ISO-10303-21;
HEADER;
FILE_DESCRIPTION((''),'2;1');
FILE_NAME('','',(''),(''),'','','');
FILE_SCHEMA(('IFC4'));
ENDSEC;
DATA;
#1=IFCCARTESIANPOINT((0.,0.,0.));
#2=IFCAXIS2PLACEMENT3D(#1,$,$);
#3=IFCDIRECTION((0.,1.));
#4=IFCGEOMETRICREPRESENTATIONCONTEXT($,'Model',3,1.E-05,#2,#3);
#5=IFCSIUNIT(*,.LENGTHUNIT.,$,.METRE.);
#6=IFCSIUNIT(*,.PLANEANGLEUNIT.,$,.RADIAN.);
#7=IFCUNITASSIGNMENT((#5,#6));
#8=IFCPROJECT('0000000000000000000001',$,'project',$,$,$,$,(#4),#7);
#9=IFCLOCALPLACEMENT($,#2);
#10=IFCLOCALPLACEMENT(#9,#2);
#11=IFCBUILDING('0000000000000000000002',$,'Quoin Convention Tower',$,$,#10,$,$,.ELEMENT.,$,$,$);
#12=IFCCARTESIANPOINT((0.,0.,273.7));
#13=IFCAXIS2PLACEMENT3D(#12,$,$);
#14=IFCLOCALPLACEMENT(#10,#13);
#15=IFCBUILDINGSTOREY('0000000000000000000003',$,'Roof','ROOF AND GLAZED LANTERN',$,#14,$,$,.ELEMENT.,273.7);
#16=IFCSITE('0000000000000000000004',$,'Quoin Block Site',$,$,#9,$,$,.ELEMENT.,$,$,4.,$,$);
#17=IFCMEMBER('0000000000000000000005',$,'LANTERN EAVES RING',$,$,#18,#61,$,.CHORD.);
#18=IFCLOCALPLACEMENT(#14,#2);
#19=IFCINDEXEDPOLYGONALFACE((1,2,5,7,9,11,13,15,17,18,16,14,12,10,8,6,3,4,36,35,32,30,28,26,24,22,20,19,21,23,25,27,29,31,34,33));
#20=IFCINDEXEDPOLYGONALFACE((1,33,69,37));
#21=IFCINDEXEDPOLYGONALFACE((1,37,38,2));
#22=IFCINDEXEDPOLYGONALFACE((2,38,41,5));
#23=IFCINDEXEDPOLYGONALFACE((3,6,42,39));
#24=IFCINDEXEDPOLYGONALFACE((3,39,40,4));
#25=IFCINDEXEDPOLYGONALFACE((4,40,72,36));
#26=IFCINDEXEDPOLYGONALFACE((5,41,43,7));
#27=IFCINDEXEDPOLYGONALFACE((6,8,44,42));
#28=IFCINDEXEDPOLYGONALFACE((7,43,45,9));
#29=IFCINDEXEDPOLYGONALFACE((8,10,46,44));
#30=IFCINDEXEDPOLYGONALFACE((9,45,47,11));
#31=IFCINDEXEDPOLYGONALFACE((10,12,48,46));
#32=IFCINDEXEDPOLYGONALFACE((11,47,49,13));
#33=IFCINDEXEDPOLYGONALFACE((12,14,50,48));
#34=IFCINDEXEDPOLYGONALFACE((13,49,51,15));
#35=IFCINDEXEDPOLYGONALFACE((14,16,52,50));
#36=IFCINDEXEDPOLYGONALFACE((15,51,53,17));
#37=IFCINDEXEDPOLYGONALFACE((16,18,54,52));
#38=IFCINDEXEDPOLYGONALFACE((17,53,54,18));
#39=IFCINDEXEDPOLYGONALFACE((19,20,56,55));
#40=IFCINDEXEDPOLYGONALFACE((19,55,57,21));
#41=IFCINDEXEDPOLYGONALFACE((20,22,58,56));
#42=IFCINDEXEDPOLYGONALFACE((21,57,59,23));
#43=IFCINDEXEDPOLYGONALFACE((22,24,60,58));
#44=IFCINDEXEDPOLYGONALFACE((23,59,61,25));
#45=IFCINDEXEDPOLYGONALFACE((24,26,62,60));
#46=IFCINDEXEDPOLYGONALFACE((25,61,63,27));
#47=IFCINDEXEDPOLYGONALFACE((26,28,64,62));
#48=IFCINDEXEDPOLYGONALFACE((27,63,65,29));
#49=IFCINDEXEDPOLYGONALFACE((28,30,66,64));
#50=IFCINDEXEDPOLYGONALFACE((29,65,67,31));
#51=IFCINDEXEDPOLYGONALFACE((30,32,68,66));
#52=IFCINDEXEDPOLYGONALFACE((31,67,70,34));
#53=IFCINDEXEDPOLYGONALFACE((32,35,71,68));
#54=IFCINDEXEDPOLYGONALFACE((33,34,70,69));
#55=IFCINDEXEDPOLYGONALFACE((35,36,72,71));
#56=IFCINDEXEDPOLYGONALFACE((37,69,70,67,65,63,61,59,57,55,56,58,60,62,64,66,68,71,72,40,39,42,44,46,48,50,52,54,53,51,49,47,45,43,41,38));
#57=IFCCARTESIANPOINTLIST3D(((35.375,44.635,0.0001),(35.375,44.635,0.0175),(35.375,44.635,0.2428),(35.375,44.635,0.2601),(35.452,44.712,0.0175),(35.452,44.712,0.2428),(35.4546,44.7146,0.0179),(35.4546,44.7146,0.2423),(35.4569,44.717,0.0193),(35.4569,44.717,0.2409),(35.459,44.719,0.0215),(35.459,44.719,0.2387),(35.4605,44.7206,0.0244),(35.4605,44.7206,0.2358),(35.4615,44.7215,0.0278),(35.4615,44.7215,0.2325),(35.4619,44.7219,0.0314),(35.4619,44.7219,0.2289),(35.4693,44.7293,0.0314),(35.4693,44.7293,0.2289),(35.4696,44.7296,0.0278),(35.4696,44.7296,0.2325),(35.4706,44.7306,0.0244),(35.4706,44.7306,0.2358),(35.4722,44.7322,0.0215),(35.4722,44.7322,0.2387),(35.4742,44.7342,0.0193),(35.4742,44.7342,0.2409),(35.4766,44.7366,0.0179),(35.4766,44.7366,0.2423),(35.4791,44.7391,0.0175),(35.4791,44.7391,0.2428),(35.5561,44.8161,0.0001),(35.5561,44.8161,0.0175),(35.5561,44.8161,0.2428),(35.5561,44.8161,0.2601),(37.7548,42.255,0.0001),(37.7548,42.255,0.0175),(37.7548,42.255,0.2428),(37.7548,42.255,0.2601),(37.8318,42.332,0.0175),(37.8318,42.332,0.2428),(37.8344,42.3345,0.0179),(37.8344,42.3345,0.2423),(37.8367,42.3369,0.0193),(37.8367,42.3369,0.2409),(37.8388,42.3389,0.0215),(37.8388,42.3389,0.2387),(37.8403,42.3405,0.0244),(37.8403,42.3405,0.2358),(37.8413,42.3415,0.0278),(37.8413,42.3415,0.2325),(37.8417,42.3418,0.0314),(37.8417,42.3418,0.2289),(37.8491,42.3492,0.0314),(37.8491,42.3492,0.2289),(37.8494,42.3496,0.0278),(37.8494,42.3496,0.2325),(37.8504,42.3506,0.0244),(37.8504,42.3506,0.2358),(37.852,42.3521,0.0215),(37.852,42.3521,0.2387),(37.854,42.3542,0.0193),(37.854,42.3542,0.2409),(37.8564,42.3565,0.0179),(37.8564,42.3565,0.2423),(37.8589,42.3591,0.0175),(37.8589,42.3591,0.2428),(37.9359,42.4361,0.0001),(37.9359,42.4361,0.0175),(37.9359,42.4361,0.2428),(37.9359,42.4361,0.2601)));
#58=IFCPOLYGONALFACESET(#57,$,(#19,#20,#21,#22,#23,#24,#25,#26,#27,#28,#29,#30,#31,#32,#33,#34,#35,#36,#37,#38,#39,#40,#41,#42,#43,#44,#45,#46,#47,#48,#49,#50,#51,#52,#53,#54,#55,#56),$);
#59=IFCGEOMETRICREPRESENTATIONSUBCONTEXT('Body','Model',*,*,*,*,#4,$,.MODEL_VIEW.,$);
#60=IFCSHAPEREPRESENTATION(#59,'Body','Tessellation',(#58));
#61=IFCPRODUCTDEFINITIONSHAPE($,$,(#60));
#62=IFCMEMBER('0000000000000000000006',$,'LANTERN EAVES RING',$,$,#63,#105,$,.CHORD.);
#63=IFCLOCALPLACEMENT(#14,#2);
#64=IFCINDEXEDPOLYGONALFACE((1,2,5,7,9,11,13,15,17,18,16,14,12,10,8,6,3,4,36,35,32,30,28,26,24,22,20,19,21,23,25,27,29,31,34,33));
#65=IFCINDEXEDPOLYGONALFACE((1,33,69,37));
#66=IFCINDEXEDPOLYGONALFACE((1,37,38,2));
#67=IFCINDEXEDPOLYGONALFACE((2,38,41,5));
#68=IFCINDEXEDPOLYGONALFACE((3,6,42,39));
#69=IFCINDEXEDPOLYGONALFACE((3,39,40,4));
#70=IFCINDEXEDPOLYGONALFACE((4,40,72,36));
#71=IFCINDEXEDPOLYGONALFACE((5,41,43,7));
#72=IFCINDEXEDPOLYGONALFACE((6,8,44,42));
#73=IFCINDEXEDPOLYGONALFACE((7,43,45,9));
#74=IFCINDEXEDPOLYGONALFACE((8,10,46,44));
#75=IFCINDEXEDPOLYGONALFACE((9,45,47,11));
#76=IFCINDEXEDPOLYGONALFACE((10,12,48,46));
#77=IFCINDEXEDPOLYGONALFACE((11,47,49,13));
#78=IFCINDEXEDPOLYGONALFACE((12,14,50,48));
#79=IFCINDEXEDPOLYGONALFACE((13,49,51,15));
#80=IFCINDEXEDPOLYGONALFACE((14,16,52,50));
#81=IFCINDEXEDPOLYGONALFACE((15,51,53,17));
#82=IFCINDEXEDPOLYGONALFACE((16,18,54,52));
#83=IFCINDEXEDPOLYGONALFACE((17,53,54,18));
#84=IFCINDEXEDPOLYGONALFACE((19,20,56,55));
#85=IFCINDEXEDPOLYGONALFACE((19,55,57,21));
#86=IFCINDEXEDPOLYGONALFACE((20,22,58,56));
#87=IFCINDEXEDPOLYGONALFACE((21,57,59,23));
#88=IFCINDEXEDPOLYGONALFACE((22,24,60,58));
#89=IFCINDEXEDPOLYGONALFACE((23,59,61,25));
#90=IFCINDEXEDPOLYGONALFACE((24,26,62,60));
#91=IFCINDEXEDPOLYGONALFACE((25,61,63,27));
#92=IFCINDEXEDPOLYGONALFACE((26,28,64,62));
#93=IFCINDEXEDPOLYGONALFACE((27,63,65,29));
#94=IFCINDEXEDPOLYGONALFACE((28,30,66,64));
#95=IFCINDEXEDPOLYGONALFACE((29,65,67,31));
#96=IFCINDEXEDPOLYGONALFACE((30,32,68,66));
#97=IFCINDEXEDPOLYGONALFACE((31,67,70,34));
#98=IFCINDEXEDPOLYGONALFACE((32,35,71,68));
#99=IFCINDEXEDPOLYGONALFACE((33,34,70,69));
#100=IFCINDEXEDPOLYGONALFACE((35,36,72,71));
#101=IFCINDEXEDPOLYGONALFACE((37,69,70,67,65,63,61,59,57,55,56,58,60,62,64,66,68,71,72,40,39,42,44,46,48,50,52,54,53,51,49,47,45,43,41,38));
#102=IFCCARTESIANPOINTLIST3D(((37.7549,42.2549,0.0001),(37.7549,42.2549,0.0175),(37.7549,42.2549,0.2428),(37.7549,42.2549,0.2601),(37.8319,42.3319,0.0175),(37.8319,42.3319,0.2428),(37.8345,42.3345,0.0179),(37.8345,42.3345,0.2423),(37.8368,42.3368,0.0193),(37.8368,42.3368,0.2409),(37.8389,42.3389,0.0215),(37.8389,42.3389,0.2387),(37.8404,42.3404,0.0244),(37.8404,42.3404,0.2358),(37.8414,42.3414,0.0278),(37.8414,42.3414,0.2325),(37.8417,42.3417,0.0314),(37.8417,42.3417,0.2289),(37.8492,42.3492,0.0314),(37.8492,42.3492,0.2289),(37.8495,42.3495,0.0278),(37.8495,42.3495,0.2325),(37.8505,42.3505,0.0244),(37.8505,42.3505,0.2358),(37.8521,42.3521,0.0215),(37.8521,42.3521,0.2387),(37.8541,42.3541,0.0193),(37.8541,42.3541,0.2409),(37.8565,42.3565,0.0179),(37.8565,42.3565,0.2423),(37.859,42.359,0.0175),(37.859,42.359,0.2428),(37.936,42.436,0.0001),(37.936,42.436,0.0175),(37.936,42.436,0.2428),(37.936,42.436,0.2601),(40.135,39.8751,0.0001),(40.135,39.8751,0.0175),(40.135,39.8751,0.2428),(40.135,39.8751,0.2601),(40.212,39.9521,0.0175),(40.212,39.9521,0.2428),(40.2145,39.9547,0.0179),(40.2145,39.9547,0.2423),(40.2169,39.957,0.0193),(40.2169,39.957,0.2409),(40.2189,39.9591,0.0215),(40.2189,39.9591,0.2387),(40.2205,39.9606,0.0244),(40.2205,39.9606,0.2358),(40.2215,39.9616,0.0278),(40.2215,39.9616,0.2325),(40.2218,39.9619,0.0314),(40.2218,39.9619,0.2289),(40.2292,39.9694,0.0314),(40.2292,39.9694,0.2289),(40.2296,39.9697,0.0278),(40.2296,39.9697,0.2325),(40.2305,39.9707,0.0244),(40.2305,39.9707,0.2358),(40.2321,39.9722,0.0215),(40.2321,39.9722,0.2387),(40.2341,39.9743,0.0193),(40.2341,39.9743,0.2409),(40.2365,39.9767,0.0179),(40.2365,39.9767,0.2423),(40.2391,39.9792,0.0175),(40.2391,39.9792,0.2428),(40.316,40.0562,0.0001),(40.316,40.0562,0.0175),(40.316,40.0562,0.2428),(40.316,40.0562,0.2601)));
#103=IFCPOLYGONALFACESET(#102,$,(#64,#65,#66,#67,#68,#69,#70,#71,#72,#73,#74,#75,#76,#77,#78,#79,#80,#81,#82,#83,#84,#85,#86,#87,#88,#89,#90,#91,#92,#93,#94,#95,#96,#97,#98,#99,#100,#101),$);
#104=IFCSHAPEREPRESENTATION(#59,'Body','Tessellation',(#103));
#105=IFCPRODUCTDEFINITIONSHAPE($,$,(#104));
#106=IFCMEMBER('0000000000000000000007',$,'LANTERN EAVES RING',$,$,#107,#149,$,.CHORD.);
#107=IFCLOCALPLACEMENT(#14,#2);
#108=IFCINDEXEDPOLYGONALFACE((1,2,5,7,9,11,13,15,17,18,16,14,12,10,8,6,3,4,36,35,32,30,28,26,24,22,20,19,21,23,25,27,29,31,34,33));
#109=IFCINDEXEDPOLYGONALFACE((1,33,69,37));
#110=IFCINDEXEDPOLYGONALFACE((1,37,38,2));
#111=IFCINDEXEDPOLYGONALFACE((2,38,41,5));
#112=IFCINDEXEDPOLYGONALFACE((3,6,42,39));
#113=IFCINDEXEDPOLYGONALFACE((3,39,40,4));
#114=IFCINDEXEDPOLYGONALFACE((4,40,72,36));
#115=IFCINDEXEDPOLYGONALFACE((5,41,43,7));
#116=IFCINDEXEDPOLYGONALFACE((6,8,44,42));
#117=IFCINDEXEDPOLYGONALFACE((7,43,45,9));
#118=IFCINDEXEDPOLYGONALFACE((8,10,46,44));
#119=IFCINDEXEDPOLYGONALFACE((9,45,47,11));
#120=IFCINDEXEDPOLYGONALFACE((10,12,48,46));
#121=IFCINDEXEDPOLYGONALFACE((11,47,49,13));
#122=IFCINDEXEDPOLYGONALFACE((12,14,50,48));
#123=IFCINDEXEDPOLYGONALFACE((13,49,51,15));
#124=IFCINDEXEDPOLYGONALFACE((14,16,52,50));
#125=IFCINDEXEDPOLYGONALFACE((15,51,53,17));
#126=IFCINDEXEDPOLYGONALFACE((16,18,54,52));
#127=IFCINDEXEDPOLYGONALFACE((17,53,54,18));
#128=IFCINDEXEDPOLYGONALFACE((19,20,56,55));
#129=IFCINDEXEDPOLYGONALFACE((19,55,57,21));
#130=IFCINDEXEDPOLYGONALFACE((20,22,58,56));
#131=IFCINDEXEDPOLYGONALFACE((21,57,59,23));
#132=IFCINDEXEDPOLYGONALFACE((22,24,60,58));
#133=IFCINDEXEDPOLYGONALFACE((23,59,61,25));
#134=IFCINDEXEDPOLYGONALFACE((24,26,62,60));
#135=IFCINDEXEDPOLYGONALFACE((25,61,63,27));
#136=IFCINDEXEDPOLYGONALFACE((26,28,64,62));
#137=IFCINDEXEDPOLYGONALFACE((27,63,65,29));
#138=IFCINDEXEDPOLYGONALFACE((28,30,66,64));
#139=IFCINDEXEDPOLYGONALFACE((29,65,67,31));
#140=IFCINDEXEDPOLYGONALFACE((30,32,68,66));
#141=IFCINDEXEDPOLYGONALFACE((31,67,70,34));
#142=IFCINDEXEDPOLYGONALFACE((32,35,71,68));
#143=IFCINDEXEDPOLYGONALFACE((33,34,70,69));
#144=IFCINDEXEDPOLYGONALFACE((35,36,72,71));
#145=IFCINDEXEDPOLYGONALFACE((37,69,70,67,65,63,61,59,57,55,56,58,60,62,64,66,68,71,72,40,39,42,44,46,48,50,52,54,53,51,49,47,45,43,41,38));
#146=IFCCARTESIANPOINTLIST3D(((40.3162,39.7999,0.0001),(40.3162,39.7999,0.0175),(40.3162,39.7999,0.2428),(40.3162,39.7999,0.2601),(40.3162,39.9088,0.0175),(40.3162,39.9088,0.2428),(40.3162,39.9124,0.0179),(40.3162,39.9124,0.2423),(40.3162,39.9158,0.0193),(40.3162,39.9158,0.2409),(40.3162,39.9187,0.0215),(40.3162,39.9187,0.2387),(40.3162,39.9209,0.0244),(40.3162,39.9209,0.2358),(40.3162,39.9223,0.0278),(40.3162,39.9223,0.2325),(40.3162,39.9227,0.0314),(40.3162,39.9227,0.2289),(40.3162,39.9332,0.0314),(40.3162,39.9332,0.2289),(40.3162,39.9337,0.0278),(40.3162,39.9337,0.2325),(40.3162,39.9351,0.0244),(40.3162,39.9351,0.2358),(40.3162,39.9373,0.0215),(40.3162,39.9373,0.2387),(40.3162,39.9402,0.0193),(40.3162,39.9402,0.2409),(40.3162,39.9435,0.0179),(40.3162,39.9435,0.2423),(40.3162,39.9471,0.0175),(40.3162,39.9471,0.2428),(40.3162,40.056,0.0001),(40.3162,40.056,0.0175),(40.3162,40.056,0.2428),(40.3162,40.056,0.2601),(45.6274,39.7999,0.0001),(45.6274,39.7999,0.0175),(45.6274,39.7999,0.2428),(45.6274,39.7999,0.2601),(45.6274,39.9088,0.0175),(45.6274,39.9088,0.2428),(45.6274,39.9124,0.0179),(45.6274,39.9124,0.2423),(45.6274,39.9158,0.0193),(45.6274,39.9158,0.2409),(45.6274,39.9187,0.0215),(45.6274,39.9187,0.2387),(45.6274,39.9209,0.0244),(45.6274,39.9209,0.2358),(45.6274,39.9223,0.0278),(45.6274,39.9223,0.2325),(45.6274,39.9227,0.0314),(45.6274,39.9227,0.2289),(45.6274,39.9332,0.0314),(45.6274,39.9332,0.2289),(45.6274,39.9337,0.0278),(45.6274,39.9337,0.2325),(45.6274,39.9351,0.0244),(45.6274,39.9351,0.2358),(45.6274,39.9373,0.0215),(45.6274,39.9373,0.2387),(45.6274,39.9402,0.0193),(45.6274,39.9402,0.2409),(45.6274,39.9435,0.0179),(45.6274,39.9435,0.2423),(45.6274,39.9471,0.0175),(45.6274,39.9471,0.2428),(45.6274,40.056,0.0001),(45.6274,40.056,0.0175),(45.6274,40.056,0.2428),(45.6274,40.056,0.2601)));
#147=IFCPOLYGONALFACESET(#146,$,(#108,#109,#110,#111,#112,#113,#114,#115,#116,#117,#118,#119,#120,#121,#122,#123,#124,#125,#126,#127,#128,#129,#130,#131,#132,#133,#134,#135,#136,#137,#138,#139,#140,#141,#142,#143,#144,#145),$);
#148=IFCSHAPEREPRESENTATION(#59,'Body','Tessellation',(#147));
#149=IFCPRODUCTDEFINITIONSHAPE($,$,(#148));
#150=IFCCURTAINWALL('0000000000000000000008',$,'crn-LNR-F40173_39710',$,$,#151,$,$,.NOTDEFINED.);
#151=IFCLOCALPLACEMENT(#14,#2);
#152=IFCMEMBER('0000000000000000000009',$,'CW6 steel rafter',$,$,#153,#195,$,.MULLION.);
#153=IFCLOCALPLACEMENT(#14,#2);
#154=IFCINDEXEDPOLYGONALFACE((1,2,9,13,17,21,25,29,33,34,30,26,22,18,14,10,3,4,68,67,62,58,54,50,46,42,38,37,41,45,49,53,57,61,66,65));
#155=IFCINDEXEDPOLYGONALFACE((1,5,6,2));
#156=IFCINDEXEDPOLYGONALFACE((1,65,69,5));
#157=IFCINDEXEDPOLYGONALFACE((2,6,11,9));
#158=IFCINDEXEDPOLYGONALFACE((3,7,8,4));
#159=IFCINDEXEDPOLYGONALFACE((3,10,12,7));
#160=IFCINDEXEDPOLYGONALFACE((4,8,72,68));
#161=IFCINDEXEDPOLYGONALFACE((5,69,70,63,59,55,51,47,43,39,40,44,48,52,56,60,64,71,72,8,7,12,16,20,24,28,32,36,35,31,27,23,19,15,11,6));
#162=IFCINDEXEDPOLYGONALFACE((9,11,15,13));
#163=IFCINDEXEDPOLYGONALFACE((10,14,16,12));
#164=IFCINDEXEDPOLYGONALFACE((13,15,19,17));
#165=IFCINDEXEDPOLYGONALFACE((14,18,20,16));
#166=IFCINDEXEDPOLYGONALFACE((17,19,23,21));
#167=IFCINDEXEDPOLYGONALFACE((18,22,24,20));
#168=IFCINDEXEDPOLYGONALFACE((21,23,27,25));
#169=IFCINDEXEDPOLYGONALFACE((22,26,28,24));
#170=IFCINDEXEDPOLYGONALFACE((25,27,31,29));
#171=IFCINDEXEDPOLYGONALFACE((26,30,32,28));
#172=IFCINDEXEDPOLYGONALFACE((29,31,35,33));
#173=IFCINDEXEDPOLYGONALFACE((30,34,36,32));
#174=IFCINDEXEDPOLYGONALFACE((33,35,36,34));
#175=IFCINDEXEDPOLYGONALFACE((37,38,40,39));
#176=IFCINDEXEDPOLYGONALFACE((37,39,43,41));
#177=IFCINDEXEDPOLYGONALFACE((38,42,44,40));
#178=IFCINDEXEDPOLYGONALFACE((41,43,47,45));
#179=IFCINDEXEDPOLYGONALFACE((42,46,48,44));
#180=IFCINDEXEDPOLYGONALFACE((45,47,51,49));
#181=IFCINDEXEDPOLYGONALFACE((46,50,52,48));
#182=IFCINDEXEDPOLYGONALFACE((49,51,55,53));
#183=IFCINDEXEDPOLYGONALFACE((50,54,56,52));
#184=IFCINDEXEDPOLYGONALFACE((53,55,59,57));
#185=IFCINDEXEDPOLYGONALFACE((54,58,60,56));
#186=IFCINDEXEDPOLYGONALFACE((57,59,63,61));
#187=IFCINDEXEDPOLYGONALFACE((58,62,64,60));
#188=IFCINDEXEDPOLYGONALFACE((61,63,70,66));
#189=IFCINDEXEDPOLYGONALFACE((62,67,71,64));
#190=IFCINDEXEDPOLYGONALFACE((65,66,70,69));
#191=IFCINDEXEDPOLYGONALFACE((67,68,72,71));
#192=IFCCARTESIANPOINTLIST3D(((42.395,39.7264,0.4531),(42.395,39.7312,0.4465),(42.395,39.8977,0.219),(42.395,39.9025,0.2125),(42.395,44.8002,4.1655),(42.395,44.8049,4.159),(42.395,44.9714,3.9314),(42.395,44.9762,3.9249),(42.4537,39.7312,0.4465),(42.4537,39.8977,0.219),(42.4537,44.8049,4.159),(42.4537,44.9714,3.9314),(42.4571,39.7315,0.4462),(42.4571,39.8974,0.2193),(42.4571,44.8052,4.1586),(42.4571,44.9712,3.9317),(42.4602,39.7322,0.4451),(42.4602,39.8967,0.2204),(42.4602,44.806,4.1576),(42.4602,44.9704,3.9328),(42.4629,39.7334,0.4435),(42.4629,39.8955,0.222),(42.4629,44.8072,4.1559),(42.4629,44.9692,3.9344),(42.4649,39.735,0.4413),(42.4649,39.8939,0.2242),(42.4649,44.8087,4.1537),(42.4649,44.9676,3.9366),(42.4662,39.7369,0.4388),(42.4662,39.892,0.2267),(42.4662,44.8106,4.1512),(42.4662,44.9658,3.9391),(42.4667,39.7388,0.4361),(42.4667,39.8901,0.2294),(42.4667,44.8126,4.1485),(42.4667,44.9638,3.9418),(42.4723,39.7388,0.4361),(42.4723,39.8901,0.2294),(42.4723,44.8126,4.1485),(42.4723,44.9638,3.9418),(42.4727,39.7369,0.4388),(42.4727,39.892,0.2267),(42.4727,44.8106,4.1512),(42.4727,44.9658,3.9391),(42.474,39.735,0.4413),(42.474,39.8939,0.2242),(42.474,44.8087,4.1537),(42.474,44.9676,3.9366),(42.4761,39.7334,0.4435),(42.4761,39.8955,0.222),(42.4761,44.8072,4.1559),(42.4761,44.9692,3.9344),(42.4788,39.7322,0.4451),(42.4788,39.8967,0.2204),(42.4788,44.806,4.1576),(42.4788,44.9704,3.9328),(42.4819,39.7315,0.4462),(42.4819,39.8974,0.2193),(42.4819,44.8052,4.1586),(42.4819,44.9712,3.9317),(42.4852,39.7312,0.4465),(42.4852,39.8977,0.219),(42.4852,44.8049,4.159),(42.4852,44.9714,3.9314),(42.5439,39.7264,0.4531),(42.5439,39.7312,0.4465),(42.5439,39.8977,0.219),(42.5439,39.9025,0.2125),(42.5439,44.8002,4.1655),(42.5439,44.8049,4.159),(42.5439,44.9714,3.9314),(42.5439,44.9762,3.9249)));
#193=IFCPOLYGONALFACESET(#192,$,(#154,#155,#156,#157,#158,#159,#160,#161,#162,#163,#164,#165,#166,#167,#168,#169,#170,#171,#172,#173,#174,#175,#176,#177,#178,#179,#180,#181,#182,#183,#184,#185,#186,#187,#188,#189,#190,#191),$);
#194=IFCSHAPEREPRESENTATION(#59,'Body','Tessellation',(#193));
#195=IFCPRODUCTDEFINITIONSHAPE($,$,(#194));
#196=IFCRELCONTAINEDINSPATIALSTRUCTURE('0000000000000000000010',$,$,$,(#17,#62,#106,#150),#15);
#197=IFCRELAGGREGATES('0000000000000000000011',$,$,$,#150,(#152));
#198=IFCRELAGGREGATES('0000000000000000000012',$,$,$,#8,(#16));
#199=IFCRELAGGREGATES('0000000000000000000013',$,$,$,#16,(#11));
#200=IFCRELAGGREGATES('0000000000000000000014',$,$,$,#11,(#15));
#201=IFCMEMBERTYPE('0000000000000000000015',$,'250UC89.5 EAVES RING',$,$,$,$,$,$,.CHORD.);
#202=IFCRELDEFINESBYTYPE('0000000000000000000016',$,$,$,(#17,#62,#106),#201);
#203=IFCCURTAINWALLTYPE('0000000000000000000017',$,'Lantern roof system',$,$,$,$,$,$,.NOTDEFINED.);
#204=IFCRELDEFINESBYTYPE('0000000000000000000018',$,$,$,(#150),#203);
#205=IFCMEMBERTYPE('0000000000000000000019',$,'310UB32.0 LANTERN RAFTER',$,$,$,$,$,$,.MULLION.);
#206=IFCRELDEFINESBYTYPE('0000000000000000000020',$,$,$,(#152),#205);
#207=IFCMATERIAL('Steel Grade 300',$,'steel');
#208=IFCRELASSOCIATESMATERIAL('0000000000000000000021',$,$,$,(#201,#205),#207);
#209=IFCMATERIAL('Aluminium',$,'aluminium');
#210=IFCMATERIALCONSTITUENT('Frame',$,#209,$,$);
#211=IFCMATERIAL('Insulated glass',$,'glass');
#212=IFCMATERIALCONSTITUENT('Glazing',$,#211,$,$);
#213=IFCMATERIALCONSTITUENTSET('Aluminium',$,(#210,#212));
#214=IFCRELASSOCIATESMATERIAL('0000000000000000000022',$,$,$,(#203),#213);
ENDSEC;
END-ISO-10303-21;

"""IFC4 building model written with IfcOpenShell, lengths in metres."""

from ifc_helpers import new_model, si_unit, direction, frame, origin, origin_2d, place, context, subcontext, project, spatial, i_section, extrude, material, constituent, constituent_set, material_profile, profile_set, type_object, element, aggregate, save


model = new_model("IFC4")

# Units and contexts
model_context = context("Model", 3, precision=1e-05, world=origin(), true_north=direction((0.0, 1.0)))
body_context = subcontext(model_context, "Body", "Model", "MODEL_VIEW")
ifc_project = project(units=[si_unit("LENGTHUNIT", "METRE"), si_unit("PLANEANGLEUNIT", "RADIAN")], contexts=[model_context])

# Site, building, storey
site_placement = place(None, origin())
site = spatial("IfcSite", under=ifc_project, at=site_placement, Name="Quoin Block Site", CompositionType="ELEMENT", RefElevation=4.0)
building_placement = place(site_placement, origin())
building = spatial("IfcBuilding", under=site, at=building_placement, Name="Quoin Convention Tower", CompositionType="ELEMENT")
storey_placement = place(building_placement, frame((0.0, 0.0, 273.7)))
storey = spatial("IfcBuildingStorey", under=building, at=storey_placement, Name="Roof", Description="ROOF AND GLAZED LANTERN", CompositionType="ELEMENT", Elevation=273.7)

# Members
ifc_material_1 = material(Name="Steel Grade 300", Category="steel")
ifc_material_profile_1 = material_profile(ifc_material_1, i_section(OverallWidth=0.2561, OverallDepth=0.26, WebThickness=0.0105, FlangeThickness=0.0173, FilletRadius=0.0139, at=origin_2d()), Name="250UC89.5")
ifc_profile_set_1 = profile_set([ifc_material_profile_1], Name="Steel Grade 300")
member_type_1 = type_object("IfcMemberType", Name="250UC89.5 EAVES RING", PredefinedType="CHORD", material=ifc_profile_set_1)
for number, where, z_axis, x_axis, name in (
    (1, (35.4656, 44.7256, 0.1301), (0.707071, -0.707143, 0.0), (0.707143, 0.707071, 0.0), "LANTERN EAVES RING"),
    (2, (37.8455, 42.3455, 0.1301), (0.707143, -0.707071, 0.0), (0.707071, 0.707143, 0.0), "LANTERN EAVES RING"),
):
    element("IfcMember", number, at=place(storey_placement, frame(where, z_axis=z_axis, x_axis=x_axis)), inside=storey, type_object=member_type_1, Name=name, PredefinedType="CHORD", context=body_context, shape_type="SweptSolid", body=[
        extrude(i_section(OverallWidth=0.2561, OverallDepth=0.26, WebThickness=0.0105, FlangeThickness=0.0173, FilletRadius=0.0139, at=origin_2d()), origin(), (0.0, 0.0, 1.0), 3.3657),
    ])
member_1_placement = place(storey_placement, frame((40.3162, 39.928, 0.1301), z_axis=(1.0, 0.0, 0.0), x_axis=(0.0, 1.0, 0.0)))
element("IfcMember", 3, at=member_1_placement, inside=storey, type_object=member_type_1, Name="LANTERN EAVES RING", PredefinedType="CHORD", context=body_context, shape_type="SweptSolid", body=[
    extrude(i_section(OverallWidth=0.2561, OverallDepth=0.26, WebThickness=0.0105, FlangeThickness=0.0173, FilletRadius=0.0139, at=origin_2d()), origin(), (0.0, 0.0, 1.0), 5.3113),
])

# Curtain wall, member
ifc_material_2 = material(Name="Aluminium", Category="aluminium")
ifc_constituent_1 = constituent(ifc_material_2, Name="Frame")
ifc_material_3 = material(Name="Insulated glass", Category="glass")
ifc_constituent_2 = constituent(ifc_material_3, Name="Glazing")
ifc_constituent_set = constituent_set(constituents=[ifc_constituent_1, ifc_constituent_2], Name="Aluminium")
curtain_wall_type = type_object("IfcCurtainWallType", Name="Lantern roof system", PredefinedType="NOTDEFINED", material=ifc_constituent_set)
curtain_wall_1_placement = place(storey_placement, origin())
curtain_wall_1 = element("IfcCurtainWall", 4, at=curtain_wall_1_placement, inside=storey, type_object=curtain_wall_type, Name="crn-LNR-F40173_39710", PredefinedType="NOTDEFINED")
ifc_material_profile_2 = material_profile(ifc_material_1, i_section(OverallWidth=0.1489, OverallDepth=0.2981, WebThickness=0.0056, FlangeThickness=0.0081, FilletRadius=0.0129, at=origin_2d()), Name="310UB32.0")
ifc_profile_set_2 = profile_set([ifc_material_profile_2], Name="Steel Grade 300")
member_type_2 = type_object("IfcMemberType", Name="310UB32.0 LANTERN RAFTER", PredefinedType="MULLION", material=ifc_profile_set_2)
member_2_placement = place(storey_placement, frame((42.4695, 39.8145, 0.3328), z_axis=(0.0, 0.807037, 0.590501), x_axis=(-1.0, 0.0, 0.0)))
member_2 = element("IfcMember", 5, at=member_2_placement, type_object=member_type_2, Name="CW6 steel rafter", PredefinedType="MULLION", context=body_context, shape_type="SweptSolid", body=[
    extrude(i_section(OverallWidth=0.1489, OverallDepth=0.2981, WebThickness=0.0056, FlangeThickness=0.0081, FilletRadius=0.0129, at=origin_2d()), origin(), (0.0, 0.0, 1.0), 6.2869),
])

aggregate(curtain_wall_1, [member_2])

save(model, "model.ifc")
